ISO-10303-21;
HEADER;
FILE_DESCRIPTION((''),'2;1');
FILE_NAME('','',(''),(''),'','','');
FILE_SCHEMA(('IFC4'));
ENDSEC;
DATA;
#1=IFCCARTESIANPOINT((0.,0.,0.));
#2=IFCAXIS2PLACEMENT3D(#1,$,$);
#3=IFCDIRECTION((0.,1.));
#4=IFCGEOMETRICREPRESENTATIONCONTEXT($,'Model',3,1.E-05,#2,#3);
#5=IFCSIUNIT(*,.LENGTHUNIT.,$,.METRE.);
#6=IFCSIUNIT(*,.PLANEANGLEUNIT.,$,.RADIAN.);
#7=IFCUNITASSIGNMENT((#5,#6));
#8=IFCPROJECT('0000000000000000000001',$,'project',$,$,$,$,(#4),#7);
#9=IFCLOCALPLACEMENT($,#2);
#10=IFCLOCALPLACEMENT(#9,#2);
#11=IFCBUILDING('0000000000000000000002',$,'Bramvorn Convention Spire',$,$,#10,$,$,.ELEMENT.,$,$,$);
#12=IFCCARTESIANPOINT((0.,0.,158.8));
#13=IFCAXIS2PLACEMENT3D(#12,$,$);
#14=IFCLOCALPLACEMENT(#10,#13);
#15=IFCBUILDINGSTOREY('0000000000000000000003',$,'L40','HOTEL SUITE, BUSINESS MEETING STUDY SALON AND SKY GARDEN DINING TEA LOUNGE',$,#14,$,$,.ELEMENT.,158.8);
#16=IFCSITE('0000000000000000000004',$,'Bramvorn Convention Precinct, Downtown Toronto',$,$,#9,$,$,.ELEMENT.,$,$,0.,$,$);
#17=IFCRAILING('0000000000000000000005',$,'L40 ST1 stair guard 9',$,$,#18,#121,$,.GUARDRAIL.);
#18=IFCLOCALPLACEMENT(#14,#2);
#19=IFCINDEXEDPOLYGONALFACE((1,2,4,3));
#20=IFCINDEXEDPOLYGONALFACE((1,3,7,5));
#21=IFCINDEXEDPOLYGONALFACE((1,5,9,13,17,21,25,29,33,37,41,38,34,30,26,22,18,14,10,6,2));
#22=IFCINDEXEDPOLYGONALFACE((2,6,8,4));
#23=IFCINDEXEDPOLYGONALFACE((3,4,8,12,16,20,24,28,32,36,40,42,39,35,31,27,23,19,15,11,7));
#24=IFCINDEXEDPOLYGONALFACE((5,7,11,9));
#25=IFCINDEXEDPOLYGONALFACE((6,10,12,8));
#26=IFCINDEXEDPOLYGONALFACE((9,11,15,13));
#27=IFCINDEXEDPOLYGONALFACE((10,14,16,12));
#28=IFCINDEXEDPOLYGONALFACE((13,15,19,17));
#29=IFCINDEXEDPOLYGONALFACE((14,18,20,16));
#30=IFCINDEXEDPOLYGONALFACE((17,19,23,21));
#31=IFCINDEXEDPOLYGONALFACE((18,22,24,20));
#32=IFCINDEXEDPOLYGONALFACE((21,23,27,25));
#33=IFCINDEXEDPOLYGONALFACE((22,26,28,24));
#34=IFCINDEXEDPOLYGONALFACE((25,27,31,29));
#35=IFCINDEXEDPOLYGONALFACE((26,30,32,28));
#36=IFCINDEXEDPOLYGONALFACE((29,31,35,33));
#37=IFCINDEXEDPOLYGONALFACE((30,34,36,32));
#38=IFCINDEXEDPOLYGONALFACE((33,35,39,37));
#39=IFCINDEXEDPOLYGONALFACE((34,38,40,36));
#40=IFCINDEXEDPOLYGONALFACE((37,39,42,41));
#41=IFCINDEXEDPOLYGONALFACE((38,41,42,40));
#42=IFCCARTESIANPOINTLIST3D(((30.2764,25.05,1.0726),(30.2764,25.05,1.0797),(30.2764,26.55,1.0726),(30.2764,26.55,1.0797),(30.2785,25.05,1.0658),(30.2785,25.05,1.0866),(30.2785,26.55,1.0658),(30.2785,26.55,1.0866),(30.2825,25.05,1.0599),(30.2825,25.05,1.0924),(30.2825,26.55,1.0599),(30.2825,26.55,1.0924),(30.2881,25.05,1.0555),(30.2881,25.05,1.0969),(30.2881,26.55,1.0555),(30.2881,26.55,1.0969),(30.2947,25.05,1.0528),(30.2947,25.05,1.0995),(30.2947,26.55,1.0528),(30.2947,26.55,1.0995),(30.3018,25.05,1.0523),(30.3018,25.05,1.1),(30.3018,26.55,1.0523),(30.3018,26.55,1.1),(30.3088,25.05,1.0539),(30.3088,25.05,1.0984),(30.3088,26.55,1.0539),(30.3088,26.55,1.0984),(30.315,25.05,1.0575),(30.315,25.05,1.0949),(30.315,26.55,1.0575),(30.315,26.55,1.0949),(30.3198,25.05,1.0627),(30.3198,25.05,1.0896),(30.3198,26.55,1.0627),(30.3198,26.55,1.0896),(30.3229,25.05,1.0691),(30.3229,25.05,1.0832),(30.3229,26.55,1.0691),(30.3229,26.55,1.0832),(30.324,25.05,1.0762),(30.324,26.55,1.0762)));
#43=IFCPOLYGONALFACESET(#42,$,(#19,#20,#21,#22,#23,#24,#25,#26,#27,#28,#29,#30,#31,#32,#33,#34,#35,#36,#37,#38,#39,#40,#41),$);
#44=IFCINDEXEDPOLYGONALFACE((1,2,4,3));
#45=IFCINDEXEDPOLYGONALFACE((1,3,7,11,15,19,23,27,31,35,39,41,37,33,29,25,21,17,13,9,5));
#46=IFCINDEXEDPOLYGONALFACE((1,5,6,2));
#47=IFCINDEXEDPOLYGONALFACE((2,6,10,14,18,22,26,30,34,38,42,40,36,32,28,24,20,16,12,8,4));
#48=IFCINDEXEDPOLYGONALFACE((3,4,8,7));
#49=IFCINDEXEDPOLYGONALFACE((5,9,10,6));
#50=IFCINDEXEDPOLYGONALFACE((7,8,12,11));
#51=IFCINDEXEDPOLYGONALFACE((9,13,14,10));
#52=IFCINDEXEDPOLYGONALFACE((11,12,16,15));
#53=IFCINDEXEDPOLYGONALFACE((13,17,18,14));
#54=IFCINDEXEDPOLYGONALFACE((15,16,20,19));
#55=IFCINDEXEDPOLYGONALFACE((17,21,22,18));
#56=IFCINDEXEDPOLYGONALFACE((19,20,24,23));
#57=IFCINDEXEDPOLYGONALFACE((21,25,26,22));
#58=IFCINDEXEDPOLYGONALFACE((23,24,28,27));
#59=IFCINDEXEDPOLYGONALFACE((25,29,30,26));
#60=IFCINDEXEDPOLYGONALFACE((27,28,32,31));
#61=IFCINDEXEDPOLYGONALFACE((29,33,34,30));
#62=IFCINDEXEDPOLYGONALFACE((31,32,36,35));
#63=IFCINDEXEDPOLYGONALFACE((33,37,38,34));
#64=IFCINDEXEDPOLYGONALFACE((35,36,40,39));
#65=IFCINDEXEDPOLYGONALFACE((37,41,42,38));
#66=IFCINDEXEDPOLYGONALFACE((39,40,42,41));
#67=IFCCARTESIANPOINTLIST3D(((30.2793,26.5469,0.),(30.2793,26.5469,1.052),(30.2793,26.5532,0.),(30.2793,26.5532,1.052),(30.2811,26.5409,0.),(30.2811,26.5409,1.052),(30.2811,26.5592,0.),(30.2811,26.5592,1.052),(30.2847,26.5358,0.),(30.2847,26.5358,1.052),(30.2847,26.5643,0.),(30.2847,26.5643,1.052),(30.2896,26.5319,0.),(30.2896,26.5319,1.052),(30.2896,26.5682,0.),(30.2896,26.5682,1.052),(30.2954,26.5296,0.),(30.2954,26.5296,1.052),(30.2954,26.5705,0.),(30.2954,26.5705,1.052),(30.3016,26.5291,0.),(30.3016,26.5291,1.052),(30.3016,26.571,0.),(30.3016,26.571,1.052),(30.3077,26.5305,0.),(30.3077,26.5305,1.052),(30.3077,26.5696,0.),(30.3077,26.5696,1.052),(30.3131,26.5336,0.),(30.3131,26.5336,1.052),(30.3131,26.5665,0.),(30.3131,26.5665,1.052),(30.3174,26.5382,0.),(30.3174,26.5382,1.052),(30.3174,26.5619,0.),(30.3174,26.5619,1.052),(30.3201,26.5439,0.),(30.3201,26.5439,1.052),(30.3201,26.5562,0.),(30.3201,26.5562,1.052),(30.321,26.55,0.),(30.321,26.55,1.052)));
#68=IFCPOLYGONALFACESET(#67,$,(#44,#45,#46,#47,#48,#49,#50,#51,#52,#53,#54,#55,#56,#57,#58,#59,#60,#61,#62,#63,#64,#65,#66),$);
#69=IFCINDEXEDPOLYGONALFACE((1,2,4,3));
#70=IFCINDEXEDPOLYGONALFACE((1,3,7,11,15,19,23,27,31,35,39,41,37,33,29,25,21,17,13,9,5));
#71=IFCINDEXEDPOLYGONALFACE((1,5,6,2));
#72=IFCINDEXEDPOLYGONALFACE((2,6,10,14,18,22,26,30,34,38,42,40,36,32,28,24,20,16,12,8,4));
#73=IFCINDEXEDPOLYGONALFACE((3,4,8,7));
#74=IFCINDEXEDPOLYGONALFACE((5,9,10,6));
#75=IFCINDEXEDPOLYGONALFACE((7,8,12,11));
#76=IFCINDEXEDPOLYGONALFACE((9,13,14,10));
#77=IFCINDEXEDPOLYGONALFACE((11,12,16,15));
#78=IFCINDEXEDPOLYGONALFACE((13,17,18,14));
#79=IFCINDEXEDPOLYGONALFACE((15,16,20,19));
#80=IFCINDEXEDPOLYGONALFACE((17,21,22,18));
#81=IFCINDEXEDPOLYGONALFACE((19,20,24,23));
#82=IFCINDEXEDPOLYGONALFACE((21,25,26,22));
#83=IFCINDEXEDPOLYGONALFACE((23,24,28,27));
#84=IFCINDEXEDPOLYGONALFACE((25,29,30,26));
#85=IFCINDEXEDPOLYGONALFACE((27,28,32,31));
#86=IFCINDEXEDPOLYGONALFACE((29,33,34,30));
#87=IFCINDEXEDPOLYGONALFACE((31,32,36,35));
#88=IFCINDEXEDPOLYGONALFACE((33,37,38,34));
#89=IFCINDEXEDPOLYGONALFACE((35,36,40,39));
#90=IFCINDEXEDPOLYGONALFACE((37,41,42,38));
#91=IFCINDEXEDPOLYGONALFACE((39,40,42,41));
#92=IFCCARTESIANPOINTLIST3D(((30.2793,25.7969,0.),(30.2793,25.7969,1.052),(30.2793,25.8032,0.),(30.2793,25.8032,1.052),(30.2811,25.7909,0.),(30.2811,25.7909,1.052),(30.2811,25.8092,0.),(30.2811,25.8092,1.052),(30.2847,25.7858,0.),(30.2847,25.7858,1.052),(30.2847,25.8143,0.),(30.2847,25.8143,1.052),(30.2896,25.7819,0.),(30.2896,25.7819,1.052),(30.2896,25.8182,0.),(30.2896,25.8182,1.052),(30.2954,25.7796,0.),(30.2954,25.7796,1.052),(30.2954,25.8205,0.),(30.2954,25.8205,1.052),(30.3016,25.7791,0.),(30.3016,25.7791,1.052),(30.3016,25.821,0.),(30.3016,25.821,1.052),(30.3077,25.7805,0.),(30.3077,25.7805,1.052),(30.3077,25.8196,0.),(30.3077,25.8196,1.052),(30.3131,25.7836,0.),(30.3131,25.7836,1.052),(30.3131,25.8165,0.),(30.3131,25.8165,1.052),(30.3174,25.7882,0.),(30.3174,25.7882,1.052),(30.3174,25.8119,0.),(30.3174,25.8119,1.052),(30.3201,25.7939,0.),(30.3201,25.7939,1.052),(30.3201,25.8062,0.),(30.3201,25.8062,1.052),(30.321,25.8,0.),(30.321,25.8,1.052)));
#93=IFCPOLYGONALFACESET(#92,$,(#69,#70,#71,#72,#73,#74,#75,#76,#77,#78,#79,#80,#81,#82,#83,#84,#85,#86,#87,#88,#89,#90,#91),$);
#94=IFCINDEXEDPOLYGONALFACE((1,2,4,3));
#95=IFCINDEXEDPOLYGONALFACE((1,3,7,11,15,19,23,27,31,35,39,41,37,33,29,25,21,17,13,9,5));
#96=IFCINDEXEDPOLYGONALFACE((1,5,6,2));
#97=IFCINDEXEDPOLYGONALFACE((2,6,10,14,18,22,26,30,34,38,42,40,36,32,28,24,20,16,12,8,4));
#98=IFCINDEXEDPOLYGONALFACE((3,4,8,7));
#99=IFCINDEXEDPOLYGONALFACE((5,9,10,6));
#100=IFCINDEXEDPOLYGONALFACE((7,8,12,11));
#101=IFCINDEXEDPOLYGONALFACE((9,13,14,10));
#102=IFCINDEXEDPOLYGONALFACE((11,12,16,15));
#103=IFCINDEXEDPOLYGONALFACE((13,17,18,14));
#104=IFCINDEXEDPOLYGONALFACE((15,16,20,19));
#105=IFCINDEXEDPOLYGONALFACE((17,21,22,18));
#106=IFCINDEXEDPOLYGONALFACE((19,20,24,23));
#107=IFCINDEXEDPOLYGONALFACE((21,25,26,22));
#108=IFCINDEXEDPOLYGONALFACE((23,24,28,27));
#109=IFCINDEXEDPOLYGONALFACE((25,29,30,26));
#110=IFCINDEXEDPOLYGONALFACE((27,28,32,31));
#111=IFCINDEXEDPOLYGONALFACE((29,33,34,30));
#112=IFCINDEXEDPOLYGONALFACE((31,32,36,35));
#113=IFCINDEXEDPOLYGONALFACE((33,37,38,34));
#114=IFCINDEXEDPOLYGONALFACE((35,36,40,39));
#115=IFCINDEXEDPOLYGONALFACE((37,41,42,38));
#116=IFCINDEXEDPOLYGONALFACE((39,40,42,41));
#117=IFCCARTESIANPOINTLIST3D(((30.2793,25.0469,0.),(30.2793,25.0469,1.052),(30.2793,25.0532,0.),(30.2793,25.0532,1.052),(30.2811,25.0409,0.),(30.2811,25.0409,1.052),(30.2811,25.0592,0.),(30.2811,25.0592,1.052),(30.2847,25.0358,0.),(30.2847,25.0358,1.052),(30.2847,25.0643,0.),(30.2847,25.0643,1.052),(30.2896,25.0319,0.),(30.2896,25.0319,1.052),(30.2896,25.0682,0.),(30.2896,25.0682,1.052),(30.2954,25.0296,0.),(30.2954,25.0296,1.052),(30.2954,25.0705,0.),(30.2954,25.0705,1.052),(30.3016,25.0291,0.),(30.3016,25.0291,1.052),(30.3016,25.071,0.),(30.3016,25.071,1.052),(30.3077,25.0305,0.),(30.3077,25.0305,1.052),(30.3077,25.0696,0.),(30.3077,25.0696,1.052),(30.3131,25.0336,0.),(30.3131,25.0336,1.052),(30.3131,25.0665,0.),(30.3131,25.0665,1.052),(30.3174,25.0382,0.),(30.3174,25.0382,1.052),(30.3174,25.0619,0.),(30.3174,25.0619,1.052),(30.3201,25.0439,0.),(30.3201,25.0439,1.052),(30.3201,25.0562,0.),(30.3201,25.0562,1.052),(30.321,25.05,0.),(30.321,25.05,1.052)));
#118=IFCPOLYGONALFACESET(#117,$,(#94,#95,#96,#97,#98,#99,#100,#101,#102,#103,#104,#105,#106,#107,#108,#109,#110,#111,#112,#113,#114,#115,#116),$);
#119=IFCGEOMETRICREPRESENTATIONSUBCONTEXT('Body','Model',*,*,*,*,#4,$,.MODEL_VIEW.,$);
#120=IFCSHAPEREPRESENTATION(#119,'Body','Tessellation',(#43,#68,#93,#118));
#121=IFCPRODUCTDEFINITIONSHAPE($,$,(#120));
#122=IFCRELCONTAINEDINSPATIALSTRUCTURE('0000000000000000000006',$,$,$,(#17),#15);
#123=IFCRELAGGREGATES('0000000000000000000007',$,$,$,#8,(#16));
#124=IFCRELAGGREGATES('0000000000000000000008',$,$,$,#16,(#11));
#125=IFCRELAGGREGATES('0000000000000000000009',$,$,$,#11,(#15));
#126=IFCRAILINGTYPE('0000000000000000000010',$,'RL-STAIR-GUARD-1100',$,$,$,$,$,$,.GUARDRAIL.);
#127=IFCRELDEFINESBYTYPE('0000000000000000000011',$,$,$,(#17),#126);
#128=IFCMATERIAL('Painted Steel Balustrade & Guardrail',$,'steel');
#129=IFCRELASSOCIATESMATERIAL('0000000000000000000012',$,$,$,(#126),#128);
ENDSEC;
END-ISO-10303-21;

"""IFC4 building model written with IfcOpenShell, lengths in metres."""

from ifc_helpers import new_model, si_unit, direction, frame, origin, origin_2d, place, context, subcontext, project, spatial, circle, extrude, material, type_object, element, save


model = new_model("IFC4")

# Units and contexts
model_context = context("Model", 3, precision=1e-05, world=origin(), true_north=direction((0.0, 1.0)))
body_context = subcontext(model_context, "Body", "Model", "MODEL_VIEW")
ifc_project = project(units=[si_unit("LENGTHUNIT", "METRE"), si_unit("PLANEANGLEUNIT", "RADIAN")], contexts=[model_context])

# Site, building, storey
site_placement = place(None, origin())
site = spatial("IfcSite", under=ifc_project, at=site_placement, Name="Bramvorn Convention Precinct, Downtown Toronto", CompositionType="ELEMENT", RefElevation=0.0)
building_placement = place(site_placement, origin())
building = spatial("IfcBuilding", under=site, at=building_placement, Name="Bramvorn Convention Spire", CompositionType="ELEMENT")
storey_placement = place(building_placement, frame((0.0, 0.0, 158.8)))
storey = spatial("IfcBuildingStorey", under=building, at=storey_placement, Name="L40", Description="HOTEL SUITE, BUSINESS MEETING STUDY SALON AND SKY GARDEN DINING TEA LOUNGE", CompositionType="ELEMENT", Elevation=158.8)

# Railing
ifc_material_1 = material(Name="Painted Steel Balustrade & Guardrail", Category="steel")
railing_type_1 = type_object("IfcRailingType", Name="RL-STAIR-GUARD-1100", PredefinedType="GUARDRAIL", material=ifc_material_1)
for number, where, name in (
    (1, (30.3, 26.55, 0.0), "L40 ST1 stair guard 9"),
):
    element("IfcRailing", number, at=place(storey_placement, frame(where)), inside=storey, type_object=railing_type_1, Name=name, PredefinedType="GUARDRAIL", context=body_context, shape_type="SweptSolid", body=[
        extrude(circle(Radius=0.0239, at=origin_2d()), frame((0.0, 0.0, 1.0762), z_axis=(0.0, -1.0, 0.0), x_axis=(1.0, 0.0, 0.0)), (0.0, 0.0, 1.0), 1.5),
        extrude(circle(Radius=0.021, at=origin_2d()), origin(), (0.0, 0.0, 1.0), 1.052),
        extrude(circle(Radius=0.021, at=origin_2d()), frame((0.0, -0.75, 0.0)), (0.0, 0.0, 1.0), 1.052),
        extrude(circle(Radius=0.021, at=origin_2d()), frame((0.0, -1.5, 0.0)), (0.0, 0.0, 1.0), 1.052),
    ])

save(model, "model.ifc")
